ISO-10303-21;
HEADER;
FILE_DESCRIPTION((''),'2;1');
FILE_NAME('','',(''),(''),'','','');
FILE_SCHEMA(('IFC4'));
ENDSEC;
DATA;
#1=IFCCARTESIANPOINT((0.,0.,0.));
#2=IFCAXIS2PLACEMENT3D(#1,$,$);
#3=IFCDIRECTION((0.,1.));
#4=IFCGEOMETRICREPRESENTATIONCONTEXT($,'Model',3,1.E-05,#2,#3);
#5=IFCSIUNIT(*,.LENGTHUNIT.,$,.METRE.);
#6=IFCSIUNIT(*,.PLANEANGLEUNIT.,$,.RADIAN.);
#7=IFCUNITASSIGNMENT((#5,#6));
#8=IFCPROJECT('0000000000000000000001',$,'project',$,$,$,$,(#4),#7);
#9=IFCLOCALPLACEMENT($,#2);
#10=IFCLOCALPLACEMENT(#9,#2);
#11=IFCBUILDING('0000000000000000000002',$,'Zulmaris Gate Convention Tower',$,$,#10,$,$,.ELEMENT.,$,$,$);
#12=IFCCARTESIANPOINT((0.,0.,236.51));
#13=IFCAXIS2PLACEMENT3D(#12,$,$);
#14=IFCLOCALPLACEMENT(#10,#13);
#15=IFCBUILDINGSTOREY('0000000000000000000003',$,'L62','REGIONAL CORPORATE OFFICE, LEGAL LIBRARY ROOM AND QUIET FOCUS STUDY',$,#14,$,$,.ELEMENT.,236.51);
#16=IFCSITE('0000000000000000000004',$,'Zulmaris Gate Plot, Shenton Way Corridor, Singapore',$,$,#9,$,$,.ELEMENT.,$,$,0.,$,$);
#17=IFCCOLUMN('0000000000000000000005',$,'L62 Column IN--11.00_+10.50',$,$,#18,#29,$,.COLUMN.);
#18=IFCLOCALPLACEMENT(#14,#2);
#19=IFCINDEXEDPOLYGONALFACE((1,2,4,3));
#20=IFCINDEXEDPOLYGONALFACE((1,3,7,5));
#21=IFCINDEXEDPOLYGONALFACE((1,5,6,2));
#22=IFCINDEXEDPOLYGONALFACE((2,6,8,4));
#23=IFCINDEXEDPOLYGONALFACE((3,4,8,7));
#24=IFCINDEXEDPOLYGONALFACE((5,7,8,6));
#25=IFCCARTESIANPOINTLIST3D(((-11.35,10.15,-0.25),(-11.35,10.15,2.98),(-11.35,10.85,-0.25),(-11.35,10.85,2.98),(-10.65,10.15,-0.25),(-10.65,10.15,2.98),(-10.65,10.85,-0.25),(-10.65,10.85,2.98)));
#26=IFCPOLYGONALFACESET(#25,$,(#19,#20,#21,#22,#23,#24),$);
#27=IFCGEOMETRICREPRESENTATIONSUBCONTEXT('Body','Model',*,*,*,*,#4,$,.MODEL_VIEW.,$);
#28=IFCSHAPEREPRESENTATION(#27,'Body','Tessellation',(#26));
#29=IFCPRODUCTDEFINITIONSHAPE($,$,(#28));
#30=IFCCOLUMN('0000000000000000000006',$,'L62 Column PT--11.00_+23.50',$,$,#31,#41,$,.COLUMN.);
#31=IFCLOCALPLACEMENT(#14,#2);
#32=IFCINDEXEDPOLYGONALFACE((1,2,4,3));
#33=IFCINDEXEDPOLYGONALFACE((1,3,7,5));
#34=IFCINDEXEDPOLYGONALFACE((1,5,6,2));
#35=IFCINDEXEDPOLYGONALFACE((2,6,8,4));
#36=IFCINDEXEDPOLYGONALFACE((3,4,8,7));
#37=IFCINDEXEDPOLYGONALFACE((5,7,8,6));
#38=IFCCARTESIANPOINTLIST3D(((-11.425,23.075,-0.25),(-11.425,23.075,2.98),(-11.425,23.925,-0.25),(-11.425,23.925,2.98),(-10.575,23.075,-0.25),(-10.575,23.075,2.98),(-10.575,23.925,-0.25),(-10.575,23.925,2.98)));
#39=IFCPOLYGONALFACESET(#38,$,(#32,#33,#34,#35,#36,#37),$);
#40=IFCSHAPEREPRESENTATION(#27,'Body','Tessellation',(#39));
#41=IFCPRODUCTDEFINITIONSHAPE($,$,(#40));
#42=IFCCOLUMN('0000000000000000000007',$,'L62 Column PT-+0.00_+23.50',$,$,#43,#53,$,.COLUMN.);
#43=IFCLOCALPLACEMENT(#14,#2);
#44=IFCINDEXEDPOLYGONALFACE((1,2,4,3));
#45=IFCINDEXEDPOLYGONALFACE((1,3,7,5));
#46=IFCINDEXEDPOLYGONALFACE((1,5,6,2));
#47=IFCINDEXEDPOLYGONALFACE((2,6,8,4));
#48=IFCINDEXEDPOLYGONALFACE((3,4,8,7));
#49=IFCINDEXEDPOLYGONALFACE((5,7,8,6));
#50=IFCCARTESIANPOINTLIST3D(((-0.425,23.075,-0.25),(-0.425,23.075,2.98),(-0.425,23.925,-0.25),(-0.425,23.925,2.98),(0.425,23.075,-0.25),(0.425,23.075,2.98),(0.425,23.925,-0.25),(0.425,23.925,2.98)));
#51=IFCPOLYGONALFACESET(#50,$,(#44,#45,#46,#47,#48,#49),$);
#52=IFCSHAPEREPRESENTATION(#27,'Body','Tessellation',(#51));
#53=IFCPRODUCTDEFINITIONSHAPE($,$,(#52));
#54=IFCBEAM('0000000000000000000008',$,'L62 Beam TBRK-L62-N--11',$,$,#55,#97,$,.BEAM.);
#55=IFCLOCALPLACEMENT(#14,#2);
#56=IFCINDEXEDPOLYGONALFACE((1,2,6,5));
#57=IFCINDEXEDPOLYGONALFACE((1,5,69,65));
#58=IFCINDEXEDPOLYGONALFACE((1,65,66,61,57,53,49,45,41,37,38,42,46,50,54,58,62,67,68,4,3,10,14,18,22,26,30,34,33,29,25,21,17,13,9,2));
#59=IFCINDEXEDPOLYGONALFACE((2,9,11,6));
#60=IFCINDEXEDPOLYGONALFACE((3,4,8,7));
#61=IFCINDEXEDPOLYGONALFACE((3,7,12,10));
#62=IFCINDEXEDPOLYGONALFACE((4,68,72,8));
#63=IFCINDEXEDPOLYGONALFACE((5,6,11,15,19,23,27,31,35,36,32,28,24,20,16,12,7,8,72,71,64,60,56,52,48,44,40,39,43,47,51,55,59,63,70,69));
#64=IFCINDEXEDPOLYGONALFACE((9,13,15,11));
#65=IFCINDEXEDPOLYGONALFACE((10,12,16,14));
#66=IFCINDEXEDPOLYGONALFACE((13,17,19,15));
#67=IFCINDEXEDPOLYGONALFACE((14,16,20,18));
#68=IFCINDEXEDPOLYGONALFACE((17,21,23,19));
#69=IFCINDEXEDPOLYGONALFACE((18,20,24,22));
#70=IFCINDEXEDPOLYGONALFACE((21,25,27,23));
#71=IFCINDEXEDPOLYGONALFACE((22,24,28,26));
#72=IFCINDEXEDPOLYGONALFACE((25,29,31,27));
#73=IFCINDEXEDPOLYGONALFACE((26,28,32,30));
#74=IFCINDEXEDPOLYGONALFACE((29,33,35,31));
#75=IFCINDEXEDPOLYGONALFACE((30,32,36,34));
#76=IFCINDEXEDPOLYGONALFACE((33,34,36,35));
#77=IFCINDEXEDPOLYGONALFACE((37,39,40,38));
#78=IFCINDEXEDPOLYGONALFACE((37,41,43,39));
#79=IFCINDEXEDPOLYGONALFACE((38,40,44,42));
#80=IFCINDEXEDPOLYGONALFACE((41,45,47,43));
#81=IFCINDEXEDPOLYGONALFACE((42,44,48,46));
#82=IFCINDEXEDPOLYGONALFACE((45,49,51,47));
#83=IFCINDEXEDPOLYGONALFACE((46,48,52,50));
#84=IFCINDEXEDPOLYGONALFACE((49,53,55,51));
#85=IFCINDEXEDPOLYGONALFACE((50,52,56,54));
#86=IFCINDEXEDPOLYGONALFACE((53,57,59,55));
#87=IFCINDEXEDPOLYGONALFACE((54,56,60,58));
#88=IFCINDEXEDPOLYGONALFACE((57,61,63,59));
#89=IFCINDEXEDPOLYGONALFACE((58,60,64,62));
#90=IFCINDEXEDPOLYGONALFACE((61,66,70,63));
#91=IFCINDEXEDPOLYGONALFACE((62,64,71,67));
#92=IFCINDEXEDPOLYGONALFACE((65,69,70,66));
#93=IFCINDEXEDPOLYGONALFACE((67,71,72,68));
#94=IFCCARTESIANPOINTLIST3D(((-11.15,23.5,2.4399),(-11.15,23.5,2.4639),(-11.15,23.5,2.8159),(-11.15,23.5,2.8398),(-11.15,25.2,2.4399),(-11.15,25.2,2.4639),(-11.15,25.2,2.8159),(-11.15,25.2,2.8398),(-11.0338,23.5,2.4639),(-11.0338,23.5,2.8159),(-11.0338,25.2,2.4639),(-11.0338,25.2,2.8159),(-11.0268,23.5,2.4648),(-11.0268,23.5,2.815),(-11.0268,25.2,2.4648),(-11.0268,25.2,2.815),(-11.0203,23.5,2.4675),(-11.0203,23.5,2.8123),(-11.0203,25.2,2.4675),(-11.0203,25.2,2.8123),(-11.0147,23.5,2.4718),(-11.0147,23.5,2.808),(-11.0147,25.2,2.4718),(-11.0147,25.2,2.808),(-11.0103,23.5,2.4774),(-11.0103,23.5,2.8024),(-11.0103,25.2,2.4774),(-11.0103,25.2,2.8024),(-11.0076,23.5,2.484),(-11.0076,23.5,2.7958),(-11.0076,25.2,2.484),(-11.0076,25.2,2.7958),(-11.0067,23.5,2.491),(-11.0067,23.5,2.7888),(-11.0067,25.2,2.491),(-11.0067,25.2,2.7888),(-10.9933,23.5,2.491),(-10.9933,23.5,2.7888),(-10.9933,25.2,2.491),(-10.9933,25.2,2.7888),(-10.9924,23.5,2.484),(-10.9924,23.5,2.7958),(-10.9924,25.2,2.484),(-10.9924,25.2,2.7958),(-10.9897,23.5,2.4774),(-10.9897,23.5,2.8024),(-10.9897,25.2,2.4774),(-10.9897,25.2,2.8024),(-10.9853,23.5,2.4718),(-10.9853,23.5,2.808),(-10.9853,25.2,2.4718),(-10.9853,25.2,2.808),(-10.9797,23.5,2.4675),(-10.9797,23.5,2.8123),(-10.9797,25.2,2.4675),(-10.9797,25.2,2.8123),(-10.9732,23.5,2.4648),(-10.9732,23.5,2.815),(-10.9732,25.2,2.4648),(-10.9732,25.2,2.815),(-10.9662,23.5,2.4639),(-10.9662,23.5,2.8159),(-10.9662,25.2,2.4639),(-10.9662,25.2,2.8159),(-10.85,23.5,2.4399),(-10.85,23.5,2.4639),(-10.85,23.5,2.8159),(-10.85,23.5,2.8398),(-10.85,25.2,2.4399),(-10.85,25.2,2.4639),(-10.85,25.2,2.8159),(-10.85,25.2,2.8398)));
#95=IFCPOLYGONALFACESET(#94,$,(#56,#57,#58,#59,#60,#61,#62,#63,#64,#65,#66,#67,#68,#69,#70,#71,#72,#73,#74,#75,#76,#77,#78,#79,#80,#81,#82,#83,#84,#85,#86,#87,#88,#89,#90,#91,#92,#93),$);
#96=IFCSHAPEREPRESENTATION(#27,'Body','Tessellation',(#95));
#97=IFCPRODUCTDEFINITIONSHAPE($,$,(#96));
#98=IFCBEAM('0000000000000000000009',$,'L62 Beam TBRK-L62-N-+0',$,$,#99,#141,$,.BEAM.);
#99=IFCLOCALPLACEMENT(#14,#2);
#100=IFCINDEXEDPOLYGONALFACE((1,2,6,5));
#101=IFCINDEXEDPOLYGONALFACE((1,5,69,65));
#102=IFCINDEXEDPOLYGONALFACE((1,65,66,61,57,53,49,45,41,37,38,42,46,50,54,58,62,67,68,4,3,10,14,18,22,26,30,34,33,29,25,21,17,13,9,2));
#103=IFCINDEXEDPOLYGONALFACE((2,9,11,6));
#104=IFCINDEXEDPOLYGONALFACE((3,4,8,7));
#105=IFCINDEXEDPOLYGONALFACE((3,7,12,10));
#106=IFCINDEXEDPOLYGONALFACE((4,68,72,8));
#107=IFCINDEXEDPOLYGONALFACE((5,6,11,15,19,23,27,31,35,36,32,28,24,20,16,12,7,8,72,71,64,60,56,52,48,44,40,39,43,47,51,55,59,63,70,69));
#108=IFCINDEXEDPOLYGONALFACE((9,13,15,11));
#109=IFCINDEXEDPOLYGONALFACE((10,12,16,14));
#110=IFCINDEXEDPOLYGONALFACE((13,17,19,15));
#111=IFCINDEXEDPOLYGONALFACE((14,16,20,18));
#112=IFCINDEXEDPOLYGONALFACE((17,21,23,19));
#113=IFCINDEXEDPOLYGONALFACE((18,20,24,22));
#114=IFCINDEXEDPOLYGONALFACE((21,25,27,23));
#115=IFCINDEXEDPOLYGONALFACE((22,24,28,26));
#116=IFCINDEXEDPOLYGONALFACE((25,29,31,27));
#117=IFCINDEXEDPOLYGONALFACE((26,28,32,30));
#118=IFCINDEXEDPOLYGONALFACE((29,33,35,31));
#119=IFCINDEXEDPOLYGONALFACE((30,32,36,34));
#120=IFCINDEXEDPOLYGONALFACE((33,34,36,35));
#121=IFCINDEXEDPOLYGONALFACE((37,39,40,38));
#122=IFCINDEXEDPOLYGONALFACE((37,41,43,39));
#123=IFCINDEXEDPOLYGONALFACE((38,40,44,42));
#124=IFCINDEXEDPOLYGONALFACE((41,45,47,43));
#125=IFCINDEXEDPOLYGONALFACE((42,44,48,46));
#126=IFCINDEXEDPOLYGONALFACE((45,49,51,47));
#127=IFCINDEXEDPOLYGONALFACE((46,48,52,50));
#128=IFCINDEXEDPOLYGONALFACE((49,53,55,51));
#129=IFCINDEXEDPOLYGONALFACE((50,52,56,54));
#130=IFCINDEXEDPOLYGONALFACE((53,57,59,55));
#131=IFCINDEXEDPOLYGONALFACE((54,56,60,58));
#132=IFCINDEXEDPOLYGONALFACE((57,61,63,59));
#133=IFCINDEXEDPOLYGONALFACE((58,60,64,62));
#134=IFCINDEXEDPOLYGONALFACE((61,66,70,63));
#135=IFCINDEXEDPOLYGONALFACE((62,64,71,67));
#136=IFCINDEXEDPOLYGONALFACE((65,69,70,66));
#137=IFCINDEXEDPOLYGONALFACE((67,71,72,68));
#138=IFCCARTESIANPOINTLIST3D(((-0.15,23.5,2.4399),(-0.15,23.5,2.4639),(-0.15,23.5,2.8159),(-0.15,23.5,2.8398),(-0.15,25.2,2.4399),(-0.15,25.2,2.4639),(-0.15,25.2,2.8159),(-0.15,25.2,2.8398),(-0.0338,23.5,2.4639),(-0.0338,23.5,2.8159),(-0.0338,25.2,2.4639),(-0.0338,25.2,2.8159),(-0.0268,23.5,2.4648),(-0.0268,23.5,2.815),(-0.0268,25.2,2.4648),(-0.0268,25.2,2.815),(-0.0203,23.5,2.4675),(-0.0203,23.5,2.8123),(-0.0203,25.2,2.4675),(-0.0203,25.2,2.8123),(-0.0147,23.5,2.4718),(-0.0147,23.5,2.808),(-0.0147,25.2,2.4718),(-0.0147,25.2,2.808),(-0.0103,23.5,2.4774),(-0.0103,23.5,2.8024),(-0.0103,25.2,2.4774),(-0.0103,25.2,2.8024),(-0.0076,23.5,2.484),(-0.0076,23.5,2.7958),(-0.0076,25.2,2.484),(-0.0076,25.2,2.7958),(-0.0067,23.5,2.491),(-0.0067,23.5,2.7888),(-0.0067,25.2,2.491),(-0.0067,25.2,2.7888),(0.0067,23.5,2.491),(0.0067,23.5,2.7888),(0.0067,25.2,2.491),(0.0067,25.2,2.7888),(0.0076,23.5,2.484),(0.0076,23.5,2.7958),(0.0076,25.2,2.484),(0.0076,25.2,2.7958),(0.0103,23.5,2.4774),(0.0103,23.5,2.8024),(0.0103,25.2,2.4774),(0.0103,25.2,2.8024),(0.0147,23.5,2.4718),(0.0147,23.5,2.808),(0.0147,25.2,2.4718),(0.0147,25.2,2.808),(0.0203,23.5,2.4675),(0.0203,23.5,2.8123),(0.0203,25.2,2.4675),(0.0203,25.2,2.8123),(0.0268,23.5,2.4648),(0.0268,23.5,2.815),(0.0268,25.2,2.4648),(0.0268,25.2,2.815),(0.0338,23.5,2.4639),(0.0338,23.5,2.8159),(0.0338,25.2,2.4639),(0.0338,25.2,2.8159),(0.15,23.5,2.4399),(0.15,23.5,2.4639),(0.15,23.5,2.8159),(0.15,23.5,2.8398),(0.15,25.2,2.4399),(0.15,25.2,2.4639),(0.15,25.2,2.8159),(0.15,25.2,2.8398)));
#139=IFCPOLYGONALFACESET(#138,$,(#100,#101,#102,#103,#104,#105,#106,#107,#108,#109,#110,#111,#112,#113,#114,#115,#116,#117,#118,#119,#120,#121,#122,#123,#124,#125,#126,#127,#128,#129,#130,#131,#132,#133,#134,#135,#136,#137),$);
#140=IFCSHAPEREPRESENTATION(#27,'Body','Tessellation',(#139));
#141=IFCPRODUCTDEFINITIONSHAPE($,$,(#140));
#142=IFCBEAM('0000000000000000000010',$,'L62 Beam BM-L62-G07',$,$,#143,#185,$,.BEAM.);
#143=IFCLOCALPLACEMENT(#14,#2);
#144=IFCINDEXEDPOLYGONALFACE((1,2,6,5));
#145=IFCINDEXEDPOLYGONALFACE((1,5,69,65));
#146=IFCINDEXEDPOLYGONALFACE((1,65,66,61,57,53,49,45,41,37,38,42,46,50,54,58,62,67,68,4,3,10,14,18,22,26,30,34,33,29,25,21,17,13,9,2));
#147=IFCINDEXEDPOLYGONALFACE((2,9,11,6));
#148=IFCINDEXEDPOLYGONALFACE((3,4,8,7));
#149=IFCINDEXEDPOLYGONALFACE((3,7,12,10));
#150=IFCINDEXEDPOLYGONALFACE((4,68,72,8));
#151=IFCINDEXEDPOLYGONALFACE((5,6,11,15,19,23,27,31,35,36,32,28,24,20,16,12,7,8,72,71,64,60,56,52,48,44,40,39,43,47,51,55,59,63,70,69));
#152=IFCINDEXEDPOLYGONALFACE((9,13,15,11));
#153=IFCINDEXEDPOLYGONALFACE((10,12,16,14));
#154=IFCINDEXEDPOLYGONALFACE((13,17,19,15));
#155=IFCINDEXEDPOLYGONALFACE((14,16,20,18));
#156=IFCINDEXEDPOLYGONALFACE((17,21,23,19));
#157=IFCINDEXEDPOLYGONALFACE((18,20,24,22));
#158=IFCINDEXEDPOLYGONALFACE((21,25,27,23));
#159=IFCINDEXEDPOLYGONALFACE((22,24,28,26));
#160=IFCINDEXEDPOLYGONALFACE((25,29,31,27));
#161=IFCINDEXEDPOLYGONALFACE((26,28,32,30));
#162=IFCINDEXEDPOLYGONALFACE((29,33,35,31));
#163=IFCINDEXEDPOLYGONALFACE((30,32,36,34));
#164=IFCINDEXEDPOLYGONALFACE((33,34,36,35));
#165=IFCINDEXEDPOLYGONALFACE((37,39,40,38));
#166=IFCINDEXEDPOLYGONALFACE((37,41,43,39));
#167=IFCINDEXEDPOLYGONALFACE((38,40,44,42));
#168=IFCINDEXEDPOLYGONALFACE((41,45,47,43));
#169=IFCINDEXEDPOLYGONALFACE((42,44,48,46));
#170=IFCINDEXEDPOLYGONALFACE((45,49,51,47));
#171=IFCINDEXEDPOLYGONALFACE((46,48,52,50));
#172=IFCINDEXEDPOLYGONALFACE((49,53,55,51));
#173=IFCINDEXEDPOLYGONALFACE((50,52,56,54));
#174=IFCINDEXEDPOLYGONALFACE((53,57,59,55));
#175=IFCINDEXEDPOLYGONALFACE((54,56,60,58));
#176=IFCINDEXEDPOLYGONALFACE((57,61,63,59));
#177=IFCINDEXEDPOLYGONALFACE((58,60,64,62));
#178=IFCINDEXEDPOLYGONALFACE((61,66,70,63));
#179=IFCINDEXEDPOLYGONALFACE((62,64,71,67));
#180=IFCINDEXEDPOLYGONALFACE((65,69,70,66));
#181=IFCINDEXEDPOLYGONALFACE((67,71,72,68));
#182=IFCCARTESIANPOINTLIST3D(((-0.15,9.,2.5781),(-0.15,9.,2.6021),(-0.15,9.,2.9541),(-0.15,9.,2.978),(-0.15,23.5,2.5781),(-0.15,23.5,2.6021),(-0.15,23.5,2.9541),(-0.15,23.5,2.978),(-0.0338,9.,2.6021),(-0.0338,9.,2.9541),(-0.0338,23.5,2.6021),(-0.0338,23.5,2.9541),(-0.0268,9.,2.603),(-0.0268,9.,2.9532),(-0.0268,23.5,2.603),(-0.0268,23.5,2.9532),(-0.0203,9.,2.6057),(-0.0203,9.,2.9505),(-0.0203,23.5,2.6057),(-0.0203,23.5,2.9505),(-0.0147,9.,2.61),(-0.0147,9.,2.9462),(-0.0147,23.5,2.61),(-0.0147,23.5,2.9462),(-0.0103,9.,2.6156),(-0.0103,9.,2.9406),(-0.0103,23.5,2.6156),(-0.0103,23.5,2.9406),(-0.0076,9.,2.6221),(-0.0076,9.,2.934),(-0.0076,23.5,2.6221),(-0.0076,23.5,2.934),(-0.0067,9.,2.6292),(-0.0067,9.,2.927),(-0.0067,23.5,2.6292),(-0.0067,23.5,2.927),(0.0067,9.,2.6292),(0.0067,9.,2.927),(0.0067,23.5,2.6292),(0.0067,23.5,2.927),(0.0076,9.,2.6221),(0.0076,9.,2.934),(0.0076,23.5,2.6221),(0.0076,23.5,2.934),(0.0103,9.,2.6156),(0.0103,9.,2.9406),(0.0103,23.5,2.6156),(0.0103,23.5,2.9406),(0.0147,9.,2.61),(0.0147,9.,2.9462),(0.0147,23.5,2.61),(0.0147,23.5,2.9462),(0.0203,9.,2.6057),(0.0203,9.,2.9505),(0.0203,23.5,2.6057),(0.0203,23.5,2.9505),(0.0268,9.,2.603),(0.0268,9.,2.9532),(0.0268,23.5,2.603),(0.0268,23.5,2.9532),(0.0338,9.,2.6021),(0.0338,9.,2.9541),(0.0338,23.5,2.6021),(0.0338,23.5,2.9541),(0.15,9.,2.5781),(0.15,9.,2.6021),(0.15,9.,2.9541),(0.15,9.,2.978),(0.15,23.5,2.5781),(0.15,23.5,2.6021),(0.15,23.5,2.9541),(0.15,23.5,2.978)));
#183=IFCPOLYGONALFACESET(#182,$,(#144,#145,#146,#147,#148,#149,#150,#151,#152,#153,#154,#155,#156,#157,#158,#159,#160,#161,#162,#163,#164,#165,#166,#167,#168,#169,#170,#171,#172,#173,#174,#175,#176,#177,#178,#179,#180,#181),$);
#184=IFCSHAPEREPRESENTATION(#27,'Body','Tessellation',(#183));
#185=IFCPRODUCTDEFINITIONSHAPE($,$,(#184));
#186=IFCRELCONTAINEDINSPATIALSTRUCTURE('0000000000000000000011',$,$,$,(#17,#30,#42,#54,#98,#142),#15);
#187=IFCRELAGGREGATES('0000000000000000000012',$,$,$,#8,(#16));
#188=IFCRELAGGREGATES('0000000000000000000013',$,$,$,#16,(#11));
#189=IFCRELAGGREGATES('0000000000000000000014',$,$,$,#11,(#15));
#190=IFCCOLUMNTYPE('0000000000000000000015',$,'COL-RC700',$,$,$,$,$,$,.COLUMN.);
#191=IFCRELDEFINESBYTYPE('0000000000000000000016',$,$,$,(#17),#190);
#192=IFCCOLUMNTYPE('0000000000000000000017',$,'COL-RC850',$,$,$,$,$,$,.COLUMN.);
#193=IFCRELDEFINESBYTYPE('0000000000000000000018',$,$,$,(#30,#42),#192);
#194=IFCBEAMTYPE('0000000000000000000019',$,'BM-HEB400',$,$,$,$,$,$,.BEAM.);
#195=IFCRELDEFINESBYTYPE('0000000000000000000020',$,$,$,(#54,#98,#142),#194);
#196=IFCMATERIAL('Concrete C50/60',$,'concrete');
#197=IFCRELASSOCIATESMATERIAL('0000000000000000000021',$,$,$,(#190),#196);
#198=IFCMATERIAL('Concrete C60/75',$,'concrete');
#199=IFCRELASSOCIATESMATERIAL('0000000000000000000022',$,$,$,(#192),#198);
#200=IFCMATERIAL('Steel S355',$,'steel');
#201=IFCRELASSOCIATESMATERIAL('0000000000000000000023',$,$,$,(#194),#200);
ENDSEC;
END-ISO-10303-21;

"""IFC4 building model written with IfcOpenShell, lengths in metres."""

from ifc_helpers import new_model, si_unit, direction, frame, origin, origin_2d, place, context, subcontext, project, spatial, rectangle, i_section, extrude, material, material_profile, profile_set, type_object, element, save


model = new_model("IFC4")

# Units and contexts
model_context = context("Model", 3, precision=1e-05, world=origin(), true_north=direction((0.0, 1.0)))
body_context = subcontext(model_context, "Body", "Model", "MODEL_VIEW")
ifc_project = project(units=[si_unit("LENGTHUNIT", "METRE"), si_unit("PLANEANGLEUNIT", "RADIAN")], contexts=[model_context])

# Site, building, storey
site_placement = place(None, origin())
site = spatial("IfcSite", under=ifc_project, at=site_placement, Name="Zulmaris Gate Plot, Shenton Way Corridor, Singapore", CompositionType="ELEMENT", RefElevation=0.0)
building_placement = place(site_placement, origin())
building = spatial("IfcBuilding", under=site, at=building_placement, Name="Zulmaris Gate Convention Tower", CompositionType="ELEMENT")
storey_placement = place(building_placement, frame((0.0, 0.0, 236.51)))
storey = spatial("IfcBuildingStorey", under=building, at=storey_placement, Name="L62", Description="REGIONAL CORPORATE OFFICE, LEGAL LIBRARY ROOM AND QUIET FOCUS STUDY", CompositionType="ELEMENT", Elevation=236.51)

# Columns
ifc_material_1 = material(Name="Concrete C50/60", Category="concrete")
ifc_material_profile_1 = material_profile(ifc_material_1, rectangle(XDim=0.7, YDim=0.7, at=origin_2d()), Name="RC COL 700x700")
ifc_profile_set_1 = profile_set([ifc_material_profile_1], Name="Concrete C50/60")
column_type_1 = type_object("IfcColumnType", Name="COL-RC700", PredefinedType="COLUMN", material=ifc_profile_set_1)
column_placement = place(storey_placement, frame((-11.0, 10.5, -0.25), z_axis=(0.0, 0.0, 1.0), x_axis=(1.0, 0.0, 0.0)))
element("IfcColumn", 1, at=column_placement, inside=storey, type_object=column_type_1, Name="L62 Column IN--11.00_+10.50", PredefinedType="COLUMN", context=body_context, shape_type="SweptSolid", body=[
    extrude(rectangle(XDim=0.7, YDim=0.7, at=origin_2d()), origin(), (0.0, 0.0, 1.0), 3.23),
])
ifc_material_2 = material(Name="Concrete C60/75", Category="concrete")
ifc_material_profile_2 = material_profile(ifc_material_2, rectangle(XDim=0.8501, YDim=0.8501, at=origin_2d()), Name="RC COL 850x850")
ifc_profile_set_2 = profile_set([ifc_material_profile_2], Name="Concrete C60/75")
column_type_2 = type_object("IfcColumnType", Name="COL-RC850", PredefinedType="COLUMN", material=ifc_profile_set_2)
for number, where, z_axis, x_axis, name in (
    (2, (-11.0, 23.5, -0.25), (0.0, 0.0, 1.0), (1.0, 0.0, 0.0), "L62 Column PT--11.00_+23.50"),
    (3, (0.0, 23.5, -0.25), (0.0, 0.0, 1.0), (1.0, 0.0, 0.0), "L62 Column PT-+0.00_+23.50"),
):
    element("IfcColumn", number, at=place(storey_placement, frame(where, z_axis=z_axis, x_axis=x_axis)), inside=storey, type_object=column_type_2, Name=name, PredefinedType="COLUMN", context=body_context, shape_type="SweptSolid", body=[
        extrude(rectangle(XDim=0.8501, YDim=0.8501, at=origin_2d()), origin(), (0.0, 0.0, 1.0), 3.23),
    ])

# Beams
ifc_material_3 = material(Name="Steel S355", Category="steel")
ifc_material_profile_3 = material_profile(ifc_material_3, i_section(OverallWidth=0.3, OverallDepth=0.3999, WebThickness=0.0134, FlangeThickness=0.0239, FilletRadius=0.0271, at=origin_2d()), Name="HEB 400")
ifc_profile_set_3 = profile_set([ifc_material_profile_3], Name="Steel S355")
beam_type_1 = type_object("IfcBeamType", Name="BM-HEB400", PredefinedType="BEAM", material=ifc_profile_set_3)
for number, where, z_axis, x_axis, name in (
    (4, (-11.0, 23.5, 2.6399), (0.0, 1.0, 0.0), (-1.0, 0.0, 0.0), "L62 Beam TBRK-L62-N--11"),
    (5, (0.0, 23.5, 2.6399), (0.0, 1.0, 0.0), (-1.0, 0.0, 0.0), "L62 Beam TBRK-L62-N-+0"),
):
    element("IfcBeam", number, at=place(storey_placement, frame(where, z_axis=z_axis, x_axis=x_axis)), inside=storey, type_object=beam_type_1, Name=name, PredefinedType="BEAM", context=body_context, shape_type="SweptSolid", body=[
        extrude(i_section(OverallWidth=0.3, OverallDepth=0.3999, WebThickness=0.0134, FlangeThickness=0.0239, FilletRadius=0.0271, at=origin_2d()), origin(), (0.0, 0.0, 1.0), 1.7),
    ])
beam_1_placement = place(storey_placement, frame((0.0, 9.0, 2.7781), z_axis=(0.0, 1.0, 0.0), x_axis=(-1.0, 0.0, 0.0)))
element("IfcBeam", 6, at=beam_1_placement, inside=storey, type_object=beam_type_1, Name="L62 Beam BM-L62-G07", PredefinedType="BEAM", context=body_context, shape_type="SweptSolid", body=[
    extrude(i_section(OverallWidth=0.3, OverallDepth=0.3999, WebThickness=0.0134, FlangeThickness=0.0239, FilletRadius=0.0271, at=origin_2d()), origin(), (0.0, 0.0, 1.0), 14.5),
])

save(model, "model.ifc")
